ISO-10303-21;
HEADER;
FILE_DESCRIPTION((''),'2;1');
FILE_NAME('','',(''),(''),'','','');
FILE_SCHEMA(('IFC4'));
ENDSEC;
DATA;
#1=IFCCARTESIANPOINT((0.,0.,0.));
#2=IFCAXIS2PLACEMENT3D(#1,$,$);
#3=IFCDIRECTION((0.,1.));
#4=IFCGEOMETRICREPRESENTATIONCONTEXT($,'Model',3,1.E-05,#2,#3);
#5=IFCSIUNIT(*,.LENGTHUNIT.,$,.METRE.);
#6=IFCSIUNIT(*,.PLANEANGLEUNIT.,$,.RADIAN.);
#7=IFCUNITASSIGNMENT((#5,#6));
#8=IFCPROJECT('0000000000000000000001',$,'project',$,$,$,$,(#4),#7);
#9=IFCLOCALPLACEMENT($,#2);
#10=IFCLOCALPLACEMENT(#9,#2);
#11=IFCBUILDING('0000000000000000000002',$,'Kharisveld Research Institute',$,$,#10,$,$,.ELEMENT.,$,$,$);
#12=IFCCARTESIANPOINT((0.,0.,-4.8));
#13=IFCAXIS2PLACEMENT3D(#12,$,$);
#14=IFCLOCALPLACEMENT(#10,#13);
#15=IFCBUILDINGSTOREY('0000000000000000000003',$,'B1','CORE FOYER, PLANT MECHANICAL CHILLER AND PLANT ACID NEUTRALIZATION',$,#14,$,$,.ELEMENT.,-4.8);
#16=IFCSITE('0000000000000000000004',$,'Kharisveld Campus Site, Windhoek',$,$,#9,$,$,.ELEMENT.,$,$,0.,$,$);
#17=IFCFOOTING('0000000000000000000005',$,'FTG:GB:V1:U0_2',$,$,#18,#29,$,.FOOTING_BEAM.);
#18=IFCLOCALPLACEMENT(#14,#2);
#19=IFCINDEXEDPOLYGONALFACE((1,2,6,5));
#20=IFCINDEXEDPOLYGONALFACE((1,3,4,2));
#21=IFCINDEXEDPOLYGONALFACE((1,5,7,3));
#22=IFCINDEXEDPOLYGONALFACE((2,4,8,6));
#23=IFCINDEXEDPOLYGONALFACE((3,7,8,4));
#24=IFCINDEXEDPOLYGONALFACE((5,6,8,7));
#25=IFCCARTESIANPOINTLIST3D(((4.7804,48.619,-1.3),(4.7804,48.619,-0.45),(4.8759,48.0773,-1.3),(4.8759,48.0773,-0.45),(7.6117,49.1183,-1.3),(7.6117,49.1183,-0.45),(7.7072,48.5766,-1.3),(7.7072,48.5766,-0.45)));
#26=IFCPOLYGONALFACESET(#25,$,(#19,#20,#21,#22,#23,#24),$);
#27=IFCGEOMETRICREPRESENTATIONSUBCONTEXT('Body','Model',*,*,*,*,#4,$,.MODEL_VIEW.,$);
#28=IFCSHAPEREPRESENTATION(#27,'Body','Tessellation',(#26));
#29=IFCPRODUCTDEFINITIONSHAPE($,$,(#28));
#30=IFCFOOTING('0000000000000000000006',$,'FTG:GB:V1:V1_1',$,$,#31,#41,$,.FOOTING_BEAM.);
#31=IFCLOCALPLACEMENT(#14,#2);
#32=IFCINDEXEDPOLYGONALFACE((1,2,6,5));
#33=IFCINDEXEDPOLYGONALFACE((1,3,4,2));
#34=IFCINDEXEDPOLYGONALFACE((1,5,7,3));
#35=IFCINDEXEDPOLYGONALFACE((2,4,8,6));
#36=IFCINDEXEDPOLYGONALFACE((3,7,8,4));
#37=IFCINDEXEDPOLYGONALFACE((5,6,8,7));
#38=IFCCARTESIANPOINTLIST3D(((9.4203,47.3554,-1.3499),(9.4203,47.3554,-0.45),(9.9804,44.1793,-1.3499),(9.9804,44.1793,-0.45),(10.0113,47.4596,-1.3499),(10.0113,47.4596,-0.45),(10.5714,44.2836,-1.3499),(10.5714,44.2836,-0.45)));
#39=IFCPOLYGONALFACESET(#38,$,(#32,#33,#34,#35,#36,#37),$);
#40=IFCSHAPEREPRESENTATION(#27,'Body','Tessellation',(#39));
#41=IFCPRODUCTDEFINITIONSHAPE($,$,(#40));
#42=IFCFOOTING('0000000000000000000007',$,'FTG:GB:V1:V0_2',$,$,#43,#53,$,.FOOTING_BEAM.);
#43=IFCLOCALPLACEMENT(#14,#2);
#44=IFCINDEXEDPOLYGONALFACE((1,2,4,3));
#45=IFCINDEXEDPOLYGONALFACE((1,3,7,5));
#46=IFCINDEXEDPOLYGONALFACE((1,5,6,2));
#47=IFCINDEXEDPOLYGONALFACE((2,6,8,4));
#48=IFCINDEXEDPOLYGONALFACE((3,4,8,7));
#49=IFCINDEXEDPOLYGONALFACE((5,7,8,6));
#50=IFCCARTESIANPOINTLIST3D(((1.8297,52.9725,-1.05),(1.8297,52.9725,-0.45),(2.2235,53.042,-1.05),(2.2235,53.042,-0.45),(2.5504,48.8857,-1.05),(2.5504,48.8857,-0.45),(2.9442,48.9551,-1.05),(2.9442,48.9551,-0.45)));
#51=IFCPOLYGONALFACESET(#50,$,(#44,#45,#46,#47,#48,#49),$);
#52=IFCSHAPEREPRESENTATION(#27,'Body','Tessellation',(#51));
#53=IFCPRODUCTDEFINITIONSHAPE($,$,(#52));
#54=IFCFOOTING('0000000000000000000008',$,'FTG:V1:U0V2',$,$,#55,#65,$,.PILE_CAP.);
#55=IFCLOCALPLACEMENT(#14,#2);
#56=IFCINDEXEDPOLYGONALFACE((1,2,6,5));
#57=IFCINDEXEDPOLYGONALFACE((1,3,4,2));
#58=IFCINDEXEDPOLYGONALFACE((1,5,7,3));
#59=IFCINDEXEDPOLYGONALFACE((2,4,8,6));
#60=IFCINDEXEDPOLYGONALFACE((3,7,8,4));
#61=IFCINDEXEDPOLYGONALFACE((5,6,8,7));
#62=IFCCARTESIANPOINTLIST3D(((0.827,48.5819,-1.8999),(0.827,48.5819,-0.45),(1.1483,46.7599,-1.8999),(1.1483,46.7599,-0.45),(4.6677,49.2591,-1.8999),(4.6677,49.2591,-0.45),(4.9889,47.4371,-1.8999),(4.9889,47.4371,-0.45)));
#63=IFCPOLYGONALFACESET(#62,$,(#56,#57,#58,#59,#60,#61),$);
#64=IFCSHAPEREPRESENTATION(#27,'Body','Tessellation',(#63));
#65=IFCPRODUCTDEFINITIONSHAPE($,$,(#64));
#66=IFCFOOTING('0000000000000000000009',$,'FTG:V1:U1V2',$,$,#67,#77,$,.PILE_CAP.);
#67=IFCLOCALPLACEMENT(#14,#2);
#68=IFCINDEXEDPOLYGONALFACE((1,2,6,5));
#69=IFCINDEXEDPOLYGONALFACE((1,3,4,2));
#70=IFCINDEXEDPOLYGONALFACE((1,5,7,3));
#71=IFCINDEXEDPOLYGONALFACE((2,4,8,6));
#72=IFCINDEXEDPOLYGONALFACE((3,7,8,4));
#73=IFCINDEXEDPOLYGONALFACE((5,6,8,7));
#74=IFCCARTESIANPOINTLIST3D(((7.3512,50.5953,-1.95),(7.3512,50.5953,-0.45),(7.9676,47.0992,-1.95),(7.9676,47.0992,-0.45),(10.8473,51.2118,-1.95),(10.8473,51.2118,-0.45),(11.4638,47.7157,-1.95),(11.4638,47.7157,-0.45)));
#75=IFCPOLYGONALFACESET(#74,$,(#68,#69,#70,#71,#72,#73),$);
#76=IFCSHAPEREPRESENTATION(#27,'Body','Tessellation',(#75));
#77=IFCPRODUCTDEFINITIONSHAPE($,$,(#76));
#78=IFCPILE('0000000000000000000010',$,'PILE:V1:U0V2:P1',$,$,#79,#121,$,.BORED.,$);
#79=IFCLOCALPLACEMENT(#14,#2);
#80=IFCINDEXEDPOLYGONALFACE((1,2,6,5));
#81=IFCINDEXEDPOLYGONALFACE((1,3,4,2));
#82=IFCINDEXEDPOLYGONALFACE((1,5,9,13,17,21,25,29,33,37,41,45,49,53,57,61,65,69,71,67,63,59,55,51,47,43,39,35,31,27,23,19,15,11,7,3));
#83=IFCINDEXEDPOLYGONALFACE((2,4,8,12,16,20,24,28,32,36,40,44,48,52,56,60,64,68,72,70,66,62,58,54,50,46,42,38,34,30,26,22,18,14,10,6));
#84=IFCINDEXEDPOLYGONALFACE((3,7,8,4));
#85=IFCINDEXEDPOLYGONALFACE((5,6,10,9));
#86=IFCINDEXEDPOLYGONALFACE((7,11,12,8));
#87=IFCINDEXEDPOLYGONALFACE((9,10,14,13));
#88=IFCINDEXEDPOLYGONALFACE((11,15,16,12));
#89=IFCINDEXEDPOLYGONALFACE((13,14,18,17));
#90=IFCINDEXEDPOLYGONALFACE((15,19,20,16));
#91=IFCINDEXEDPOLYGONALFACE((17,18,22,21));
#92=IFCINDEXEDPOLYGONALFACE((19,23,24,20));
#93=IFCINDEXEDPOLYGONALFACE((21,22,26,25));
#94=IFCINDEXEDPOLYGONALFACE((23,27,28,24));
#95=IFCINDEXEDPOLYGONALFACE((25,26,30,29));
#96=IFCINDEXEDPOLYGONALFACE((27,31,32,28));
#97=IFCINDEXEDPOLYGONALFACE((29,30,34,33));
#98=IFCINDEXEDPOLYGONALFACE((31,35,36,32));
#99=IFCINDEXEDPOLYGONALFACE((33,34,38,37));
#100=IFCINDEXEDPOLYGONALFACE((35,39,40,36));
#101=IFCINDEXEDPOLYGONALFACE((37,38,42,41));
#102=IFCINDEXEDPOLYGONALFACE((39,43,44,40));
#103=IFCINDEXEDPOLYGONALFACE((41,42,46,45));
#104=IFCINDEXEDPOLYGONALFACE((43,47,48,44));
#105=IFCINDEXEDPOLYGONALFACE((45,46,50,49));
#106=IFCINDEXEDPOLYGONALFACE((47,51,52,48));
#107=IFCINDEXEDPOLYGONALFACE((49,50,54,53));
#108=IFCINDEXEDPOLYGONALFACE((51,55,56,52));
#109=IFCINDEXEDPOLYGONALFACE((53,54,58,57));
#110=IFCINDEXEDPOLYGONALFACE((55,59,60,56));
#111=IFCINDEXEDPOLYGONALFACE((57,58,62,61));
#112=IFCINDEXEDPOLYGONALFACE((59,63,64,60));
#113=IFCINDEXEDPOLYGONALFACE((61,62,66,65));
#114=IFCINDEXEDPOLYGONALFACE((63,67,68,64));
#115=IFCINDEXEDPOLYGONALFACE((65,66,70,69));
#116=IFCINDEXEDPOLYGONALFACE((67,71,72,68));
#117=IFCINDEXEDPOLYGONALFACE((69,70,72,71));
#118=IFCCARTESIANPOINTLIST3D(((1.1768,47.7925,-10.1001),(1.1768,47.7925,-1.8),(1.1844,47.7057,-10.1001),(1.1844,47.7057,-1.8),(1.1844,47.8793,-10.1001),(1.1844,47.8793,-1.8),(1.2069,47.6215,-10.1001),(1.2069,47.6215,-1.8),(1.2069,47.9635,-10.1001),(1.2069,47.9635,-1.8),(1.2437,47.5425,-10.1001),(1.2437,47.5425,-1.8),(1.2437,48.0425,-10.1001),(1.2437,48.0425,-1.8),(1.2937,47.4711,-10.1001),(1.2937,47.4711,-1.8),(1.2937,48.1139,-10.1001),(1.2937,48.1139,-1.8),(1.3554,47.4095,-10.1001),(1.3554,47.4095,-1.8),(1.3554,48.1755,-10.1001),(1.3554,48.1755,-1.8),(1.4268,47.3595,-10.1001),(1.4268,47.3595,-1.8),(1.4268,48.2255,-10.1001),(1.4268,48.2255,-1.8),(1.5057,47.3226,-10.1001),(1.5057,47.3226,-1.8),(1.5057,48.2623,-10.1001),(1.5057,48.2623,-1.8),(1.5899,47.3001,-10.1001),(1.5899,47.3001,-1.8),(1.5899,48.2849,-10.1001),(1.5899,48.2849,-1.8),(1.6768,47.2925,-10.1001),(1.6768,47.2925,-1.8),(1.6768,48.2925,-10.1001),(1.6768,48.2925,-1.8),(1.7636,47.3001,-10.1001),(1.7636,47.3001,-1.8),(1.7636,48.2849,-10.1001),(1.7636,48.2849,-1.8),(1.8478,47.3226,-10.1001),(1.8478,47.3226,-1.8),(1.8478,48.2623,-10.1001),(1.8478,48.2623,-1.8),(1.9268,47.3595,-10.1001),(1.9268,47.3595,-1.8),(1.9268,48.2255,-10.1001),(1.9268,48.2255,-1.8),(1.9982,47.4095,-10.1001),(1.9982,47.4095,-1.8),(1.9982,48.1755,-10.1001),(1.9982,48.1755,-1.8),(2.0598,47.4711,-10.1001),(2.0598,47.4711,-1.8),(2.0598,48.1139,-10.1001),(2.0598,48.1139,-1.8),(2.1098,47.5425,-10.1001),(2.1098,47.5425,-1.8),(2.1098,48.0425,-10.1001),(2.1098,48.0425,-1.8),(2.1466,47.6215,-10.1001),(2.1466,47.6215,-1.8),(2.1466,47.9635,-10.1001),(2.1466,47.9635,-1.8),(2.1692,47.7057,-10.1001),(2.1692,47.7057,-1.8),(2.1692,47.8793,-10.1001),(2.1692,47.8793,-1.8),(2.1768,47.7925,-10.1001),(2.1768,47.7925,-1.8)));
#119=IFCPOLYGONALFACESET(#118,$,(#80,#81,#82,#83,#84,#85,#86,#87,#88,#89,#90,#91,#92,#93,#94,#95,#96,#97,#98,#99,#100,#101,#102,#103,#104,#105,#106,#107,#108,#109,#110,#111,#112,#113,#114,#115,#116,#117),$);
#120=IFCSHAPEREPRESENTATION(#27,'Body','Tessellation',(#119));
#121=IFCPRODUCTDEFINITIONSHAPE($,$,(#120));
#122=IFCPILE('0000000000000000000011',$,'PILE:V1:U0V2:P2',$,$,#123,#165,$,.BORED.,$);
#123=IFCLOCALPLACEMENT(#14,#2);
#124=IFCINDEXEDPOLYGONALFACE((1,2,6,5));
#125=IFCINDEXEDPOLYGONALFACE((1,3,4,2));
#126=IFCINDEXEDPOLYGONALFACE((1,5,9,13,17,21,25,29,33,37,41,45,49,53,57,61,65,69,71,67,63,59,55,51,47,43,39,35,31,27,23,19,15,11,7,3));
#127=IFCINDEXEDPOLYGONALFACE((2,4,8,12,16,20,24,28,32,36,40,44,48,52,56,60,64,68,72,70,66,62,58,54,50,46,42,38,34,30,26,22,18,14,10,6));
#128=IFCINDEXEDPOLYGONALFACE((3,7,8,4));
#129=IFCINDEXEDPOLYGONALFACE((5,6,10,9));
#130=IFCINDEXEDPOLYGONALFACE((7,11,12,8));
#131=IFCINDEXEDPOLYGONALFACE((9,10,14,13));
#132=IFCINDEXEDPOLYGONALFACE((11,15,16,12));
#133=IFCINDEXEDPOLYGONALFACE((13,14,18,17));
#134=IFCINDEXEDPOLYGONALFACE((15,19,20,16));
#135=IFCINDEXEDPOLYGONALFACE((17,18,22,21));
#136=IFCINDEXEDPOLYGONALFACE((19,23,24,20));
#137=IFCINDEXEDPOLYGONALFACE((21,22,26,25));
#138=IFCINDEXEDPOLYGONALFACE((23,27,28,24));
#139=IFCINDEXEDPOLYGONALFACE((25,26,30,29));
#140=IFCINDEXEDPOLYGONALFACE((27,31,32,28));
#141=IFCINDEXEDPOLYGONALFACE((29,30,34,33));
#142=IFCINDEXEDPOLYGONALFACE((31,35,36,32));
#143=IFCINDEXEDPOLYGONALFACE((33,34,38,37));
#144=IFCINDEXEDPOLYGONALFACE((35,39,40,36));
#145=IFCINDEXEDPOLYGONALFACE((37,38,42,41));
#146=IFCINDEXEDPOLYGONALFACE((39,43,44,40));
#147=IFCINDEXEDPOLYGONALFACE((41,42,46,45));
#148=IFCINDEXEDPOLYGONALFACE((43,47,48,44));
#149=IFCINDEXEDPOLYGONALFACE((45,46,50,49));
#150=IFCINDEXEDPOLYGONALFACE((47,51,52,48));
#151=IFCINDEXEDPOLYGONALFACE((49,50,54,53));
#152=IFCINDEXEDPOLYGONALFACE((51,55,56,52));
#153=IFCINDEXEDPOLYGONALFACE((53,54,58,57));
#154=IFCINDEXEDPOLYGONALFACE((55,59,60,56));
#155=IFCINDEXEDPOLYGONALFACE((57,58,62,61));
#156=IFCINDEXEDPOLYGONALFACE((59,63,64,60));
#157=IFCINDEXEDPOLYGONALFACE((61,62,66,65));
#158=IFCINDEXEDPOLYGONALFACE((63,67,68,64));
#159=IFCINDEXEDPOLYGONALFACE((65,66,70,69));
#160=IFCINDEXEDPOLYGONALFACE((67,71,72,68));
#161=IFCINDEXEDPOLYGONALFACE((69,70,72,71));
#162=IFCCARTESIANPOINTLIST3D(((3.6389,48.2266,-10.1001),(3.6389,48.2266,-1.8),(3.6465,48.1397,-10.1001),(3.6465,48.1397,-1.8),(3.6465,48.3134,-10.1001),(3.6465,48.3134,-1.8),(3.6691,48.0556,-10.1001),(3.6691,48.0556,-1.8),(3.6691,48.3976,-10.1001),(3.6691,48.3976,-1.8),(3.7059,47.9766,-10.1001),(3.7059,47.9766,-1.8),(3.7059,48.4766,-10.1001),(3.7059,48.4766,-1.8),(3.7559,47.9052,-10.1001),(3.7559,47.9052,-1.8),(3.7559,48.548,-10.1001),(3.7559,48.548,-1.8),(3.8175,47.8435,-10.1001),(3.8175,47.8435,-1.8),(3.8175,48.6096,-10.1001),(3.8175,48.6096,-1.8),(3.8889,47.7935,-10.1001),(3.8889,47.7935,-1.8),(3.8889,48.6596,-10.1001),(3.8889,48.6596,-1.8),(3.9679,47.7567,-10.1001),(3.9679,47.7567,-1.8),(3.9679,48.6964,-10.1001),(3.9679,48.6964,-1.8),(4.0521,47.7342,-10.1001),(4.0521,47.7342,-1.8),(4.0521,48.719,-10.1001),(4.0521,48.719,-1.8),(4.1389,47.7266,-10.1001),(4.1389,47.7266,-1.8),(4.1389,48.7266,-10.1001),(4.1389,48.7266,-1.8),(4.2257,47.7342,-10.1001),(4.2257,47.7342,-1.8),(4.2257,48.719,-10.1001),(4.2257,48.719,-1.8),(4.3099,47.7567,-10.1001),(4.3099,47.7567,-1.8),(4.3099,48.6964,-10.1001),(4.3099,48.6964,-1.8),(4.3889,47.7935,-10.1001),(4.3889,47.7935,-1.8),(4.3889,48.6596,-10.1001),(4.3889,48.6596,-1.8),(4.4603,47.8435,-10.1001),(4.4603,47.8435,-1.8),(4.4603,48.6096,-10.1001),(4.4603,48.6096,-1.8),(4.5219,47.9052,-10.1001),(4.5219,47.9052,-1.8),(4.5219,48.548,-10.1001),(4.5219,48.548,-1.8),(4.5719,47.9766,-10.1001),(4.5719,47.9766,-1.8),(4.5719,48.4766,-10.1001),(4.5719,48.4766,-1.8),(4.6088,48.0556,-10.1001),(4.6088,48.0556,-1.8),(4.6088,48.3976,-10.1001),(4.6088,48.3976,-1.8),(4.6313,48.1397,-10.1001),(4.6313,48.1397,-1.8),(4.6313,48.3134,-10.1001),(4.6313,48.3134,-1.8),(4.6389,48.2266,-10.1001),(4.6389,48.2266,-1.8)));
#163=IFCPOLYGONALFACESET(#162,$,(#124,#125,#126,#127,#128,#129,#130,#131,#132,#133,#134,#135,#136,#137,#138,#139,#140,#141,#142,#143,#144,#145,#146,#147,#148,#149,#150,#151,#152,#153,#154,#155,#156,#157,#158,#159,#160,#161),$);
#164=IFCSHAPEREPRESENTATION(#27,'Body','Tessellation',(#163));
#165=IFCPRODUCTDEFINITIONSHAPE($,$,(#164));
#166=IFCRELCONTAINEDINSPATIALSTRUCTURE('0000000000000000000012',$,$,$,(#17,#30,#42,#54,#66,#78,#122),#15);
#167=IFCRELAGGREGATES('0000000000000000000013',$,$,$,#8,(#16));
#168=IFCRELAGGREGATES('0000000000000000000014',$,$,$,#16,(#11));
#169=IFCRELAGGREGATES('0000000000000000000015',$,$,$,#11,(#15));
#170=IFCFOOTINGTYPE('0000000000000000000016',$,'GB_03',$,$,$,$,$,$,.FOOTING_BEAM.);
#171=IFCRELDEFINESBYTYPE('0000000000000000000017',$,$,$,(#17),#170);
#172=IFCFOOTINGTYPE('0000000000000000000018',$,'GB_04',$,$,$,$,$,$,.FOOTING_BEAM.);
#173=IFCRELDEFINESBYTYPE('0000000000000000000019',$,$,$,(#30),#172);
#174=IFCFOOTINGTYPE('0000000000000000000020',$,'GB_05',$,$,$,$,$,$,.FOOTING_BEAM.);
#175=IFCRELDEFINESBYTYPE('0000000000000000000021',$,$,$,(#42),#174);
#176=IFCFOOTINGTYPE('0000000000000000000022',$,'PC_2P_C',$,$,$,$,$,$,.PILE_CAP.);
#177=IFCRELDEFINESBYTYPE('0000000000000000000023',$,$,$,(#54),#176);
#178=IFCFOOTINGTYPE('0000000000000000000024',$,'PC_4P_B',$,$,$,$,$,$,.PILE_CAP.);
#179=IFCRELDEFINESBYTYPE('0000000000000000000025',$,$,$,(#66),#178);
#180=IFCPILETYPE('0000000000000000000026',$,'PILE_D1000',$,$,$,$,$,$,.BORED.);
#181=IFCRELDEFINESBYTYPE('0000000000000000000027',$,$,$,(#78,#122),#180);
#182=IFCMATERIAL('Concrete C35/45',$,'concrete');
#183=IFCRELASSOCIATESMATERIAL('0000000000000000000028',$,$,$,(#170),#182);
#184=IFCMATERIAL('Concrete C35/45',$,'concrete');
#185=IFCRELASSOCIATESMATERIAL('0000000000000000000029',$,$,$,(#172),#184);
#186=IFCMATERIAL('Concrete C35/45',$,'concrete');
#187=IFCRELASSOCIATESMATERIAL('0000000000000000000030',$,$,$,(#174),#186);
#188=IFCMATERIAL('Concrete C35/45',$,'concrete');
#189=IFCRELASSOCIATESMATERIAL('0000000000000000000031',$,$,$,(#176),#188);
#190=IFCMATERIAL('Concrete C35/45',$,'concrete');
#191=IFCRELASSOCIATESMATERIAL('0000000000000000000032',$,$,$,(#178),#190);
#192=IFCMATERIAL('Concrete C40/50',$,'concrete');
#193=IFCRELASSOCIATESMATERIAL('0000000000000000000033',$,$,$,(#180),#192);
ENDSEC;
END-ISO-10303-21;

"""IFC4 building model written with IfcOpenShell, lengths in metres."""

from ifc_helpers import new_model, si_unit, direction, frame, origin, origin_2d, place, context, subcontext, project, spatial, rectangle, circle, extrude, material, material_profile, profile_set, type_object, element, save


model = new_model("IFC4")

# Units and contexts
model_context = context("Model", 3, precision=1e-05, world=origin(), true_north=direction((0.0, 1.0)))
body_context = subcontext(model_context, "Body", "Model", "MODEL_VIEW")
ifc_project = project(units=[si_unit("LENGTHUNIT", "METRE"), si_unit("PLANEANGLEUNIT", "RADIAN")], contexts=[model_context])

# Site, building, storey
site_placement = place(None, origin())
site = spatial("IfcSite", under=ifc_project, at=site_placement, Name="Kharisveld Campus Site, Windhoek", CompositionType="ELEMENT", RefElevation=0.0)
building_placement = place(site_placement, origin())
building = spatial("IfcBuilding", under=site, at=building_placement, Name="Kharisveld Research Institute", CompositionType="ELEMENT")
storey_placement = place(building_placement, frame((0.0, 0.0, -4.8)))
storey = spatial("IfcBuildingStorey", under=building, at=storey_placement, Name="B1", Description="CORE FOYER, PLANT MECHANICAL CHILLER AND PLANT ACID NEUTRALIZATION", CompositionType="ELEMENT", Elevation=-4.8)

# Footings
ifc_material_1 = material(Name="Concrete C35/45", Category="concrete")
ifc_material_profile_1 = material_profile(ifc_material_1, rectangle(XDim=0.55, YDim=0.8501, at=origin_2d()))
ifc_profile_set_1 = profile_set([ifc_material_profile_1], Name="Concrete C35/45")
footing_type_1 = type_object("IfcFootingType", Name="GB_03", PredefinedType="FOOTING_BEAM", material=ifc_profile_set_1)
footing_1_placement = place(storey_placement, frame((4.8281, 48.3481, -0.875), z_axis=(0.984806, 0.173659, 0.0), x_axis=(-0.173659, 0.984806, 0.0)))
element("IfcFooting", 1, at=footing_1_placement, inside=storey, type_object=footing_type_1, Name="FTG:GB:V1:U0_2", PredefinedType="FOOTING_BEAM", context=body_context, shape_type="SweptSolid", body=[
    extrude(rectangle(XDim=0.55, YDim=0.8501, at=origin_2d()), origin(), (0.0, 0.0, 1.0), 2.875),
])
ifc_material_2 = material(Name="Concrete C35/45", Category="concrete")
ifc_material_profile_2 = material_profile(ifc_material_2, rectangle(XDim=0.6001, YDim=0.8999, at=origin_2d()))
ifc_profile_set_2 = profile_set([ifc_material_profile_2], Name="Concrete C35/45")
footing_type_2 = type_object("IfcFootingType", Name="GB_04", PredefinedType="FOOTING_BEAM", material=ifc_profile_set_2)
footing_2_placement = place(storey_placement, frame((10.2759, 44.2314, -0.8999), z_axis=(-0.17366, 0.984806, 0.0), x_axis=(-0.984806, -0.17366, 0.0)))
element("IfcFooting", 2, at=footing_2_placement, inside=storey, type_object=footing_type_2, Name="FTG:GB:V1:V1_1", PredefinedType="FOOTING_BEAM", context=body_context, shape_type="SweptSolid", body=[
    extrude(rectangle(XDim=0.6001, YDim=0.8999, at=origin_2d()), origin(), (0.0, 0.0, 1.0), 3.2251),
])
ifc_material_3 = material(Name="Concrete C35/45", Category="concrete")
ifc_material_profile_3 = material_profile(ifc_material_3, rectangle(XDim=0.3999, YDim=0.6001, at=origin_2d()))
ifc_profile_set_3 = profile_set([ifc_material_profile_3], Name="Concrete C35/45")
footing_type_3 = type_object("IfcFootingType", Name="GB_05", PredefinedType="FOOTING_BEAM", material=ifc_profile_set_3)
footing_3_placement = place(storey_placement, frame((2.7473, 48.9204, -0.75), z_axis=(-0.173665, 0.984805, 0.0), x_axis=(-0.984805, -0.173665, 0.0)))
element("IfcFooting", 3, at=footing_3_placement, inside=storey, type_object=footing_type_3, Name="FTG:GB:V1:V0_2", PredefinedType="FOOTING_BEAM", context=body_context, shape_type="SweptSolid", body=[
    extrude(rectangle(XDim=0.3999, YDim=0.6001, at=origin_2d()), origin(), (0.0, 0.0, 1.0), 4.1499),
])
ifc_material_4 = material(Name="Concrete C35/45", Category="concrete")
footing_type_4 = type_object("IfcFootingType", Name="PC_2P_C", PredefinedType="PILE_CAP", material=ifc_material_4)
footing_4_placement = place(storey_placement, frame((2.908, 48.0095, -1.8999), z_axis=(0.0, 0.0, 1.0), x_axis=(0.984808, 0.173648, 0.0)))
element("IfcFooting", 4, at=footing_4_placement, inside=storey, type_object=footing_type_4, Name="FTG:V1:U0V2", PredefinedType="PILE_CAP", context=body_context, shape_type="SweptSolid", body=[
    extrude(rectangle(XDim=3.8999, YDim=1.8501, at=origin_2d()), origin(), (0.0, 0.0, 1.0), 1.45),
])
ifc_material_5 = material(Name="Concrete C35/45", Category="concrete")
footing_type_5 = type_object("IfcFootingType", Name="PC_4P_B", PredefinedType="PILE_CAP", material=ifc_material_5)
footing_5_placement = place(storey_placement, frame((9.4075, 49.1555, -1.95), z_axis=(0.0, 0.0, 1.0), x_axis=(0.984808, 0.173648, 0.0)))
element("IfcFooting", 5, at=footing_5_placement, inside=storey, type_object=footing_type_5, Name="FTG:V1:U1V2", PredefinedType="PILE_CAP", context=body_context, shape_type="SweptSolid", body=[
    extrude(rectangle(XDim=3.55, YDim=3.55, at=origin_2d()), origin(), (0.0, 0.0, 1.0), 1.5),
])

# Piles
ifc_material_6 = material(Name="Concrete C40/50", Category="concrete")
ifc_material_profile_4 = material_profile(ifc_material_6, circle(Radius=0.5, at=origin_2d()))
ifc_profile_set_4 = profile_set([ifc_material_profile_4], Name="Concrete C40/50")
pile_type_1 = type_object("IfcPileType", Name="PILE_D1000", PredefinedType="BORED", material=ifc_profile_set_4)
for number, where, z_axis, x_axis, name in (
    (6, (1.6768, 47.7925, -1.8), (0.0, 0.0, -1.0), (1.0, 0.0, 0.0), "PILE:V1:U0V2:P1"),
    (7, (4.1389, 48.2266, -1.8), (0.0, 0.0, -1.0), (1.0, 0.0, 0.0), "PILE:V1:U0V2:P2"),
):
    element("IfcPile", number, at=place(storey_placement, frame(where, z_axis=z_axis, x_axis=x_axis)), inside=storey, type_object=pile_type_1, Name=name, PredefinedType="BORED", context=body_context, shape_type="SweptSolid", body=[
        extrude(circle(Radius=0.5, at=origin_2d()), origin(), (0.0, 0.0, 1.0), 8.3),
    ])

save(model, "model.ifc")
